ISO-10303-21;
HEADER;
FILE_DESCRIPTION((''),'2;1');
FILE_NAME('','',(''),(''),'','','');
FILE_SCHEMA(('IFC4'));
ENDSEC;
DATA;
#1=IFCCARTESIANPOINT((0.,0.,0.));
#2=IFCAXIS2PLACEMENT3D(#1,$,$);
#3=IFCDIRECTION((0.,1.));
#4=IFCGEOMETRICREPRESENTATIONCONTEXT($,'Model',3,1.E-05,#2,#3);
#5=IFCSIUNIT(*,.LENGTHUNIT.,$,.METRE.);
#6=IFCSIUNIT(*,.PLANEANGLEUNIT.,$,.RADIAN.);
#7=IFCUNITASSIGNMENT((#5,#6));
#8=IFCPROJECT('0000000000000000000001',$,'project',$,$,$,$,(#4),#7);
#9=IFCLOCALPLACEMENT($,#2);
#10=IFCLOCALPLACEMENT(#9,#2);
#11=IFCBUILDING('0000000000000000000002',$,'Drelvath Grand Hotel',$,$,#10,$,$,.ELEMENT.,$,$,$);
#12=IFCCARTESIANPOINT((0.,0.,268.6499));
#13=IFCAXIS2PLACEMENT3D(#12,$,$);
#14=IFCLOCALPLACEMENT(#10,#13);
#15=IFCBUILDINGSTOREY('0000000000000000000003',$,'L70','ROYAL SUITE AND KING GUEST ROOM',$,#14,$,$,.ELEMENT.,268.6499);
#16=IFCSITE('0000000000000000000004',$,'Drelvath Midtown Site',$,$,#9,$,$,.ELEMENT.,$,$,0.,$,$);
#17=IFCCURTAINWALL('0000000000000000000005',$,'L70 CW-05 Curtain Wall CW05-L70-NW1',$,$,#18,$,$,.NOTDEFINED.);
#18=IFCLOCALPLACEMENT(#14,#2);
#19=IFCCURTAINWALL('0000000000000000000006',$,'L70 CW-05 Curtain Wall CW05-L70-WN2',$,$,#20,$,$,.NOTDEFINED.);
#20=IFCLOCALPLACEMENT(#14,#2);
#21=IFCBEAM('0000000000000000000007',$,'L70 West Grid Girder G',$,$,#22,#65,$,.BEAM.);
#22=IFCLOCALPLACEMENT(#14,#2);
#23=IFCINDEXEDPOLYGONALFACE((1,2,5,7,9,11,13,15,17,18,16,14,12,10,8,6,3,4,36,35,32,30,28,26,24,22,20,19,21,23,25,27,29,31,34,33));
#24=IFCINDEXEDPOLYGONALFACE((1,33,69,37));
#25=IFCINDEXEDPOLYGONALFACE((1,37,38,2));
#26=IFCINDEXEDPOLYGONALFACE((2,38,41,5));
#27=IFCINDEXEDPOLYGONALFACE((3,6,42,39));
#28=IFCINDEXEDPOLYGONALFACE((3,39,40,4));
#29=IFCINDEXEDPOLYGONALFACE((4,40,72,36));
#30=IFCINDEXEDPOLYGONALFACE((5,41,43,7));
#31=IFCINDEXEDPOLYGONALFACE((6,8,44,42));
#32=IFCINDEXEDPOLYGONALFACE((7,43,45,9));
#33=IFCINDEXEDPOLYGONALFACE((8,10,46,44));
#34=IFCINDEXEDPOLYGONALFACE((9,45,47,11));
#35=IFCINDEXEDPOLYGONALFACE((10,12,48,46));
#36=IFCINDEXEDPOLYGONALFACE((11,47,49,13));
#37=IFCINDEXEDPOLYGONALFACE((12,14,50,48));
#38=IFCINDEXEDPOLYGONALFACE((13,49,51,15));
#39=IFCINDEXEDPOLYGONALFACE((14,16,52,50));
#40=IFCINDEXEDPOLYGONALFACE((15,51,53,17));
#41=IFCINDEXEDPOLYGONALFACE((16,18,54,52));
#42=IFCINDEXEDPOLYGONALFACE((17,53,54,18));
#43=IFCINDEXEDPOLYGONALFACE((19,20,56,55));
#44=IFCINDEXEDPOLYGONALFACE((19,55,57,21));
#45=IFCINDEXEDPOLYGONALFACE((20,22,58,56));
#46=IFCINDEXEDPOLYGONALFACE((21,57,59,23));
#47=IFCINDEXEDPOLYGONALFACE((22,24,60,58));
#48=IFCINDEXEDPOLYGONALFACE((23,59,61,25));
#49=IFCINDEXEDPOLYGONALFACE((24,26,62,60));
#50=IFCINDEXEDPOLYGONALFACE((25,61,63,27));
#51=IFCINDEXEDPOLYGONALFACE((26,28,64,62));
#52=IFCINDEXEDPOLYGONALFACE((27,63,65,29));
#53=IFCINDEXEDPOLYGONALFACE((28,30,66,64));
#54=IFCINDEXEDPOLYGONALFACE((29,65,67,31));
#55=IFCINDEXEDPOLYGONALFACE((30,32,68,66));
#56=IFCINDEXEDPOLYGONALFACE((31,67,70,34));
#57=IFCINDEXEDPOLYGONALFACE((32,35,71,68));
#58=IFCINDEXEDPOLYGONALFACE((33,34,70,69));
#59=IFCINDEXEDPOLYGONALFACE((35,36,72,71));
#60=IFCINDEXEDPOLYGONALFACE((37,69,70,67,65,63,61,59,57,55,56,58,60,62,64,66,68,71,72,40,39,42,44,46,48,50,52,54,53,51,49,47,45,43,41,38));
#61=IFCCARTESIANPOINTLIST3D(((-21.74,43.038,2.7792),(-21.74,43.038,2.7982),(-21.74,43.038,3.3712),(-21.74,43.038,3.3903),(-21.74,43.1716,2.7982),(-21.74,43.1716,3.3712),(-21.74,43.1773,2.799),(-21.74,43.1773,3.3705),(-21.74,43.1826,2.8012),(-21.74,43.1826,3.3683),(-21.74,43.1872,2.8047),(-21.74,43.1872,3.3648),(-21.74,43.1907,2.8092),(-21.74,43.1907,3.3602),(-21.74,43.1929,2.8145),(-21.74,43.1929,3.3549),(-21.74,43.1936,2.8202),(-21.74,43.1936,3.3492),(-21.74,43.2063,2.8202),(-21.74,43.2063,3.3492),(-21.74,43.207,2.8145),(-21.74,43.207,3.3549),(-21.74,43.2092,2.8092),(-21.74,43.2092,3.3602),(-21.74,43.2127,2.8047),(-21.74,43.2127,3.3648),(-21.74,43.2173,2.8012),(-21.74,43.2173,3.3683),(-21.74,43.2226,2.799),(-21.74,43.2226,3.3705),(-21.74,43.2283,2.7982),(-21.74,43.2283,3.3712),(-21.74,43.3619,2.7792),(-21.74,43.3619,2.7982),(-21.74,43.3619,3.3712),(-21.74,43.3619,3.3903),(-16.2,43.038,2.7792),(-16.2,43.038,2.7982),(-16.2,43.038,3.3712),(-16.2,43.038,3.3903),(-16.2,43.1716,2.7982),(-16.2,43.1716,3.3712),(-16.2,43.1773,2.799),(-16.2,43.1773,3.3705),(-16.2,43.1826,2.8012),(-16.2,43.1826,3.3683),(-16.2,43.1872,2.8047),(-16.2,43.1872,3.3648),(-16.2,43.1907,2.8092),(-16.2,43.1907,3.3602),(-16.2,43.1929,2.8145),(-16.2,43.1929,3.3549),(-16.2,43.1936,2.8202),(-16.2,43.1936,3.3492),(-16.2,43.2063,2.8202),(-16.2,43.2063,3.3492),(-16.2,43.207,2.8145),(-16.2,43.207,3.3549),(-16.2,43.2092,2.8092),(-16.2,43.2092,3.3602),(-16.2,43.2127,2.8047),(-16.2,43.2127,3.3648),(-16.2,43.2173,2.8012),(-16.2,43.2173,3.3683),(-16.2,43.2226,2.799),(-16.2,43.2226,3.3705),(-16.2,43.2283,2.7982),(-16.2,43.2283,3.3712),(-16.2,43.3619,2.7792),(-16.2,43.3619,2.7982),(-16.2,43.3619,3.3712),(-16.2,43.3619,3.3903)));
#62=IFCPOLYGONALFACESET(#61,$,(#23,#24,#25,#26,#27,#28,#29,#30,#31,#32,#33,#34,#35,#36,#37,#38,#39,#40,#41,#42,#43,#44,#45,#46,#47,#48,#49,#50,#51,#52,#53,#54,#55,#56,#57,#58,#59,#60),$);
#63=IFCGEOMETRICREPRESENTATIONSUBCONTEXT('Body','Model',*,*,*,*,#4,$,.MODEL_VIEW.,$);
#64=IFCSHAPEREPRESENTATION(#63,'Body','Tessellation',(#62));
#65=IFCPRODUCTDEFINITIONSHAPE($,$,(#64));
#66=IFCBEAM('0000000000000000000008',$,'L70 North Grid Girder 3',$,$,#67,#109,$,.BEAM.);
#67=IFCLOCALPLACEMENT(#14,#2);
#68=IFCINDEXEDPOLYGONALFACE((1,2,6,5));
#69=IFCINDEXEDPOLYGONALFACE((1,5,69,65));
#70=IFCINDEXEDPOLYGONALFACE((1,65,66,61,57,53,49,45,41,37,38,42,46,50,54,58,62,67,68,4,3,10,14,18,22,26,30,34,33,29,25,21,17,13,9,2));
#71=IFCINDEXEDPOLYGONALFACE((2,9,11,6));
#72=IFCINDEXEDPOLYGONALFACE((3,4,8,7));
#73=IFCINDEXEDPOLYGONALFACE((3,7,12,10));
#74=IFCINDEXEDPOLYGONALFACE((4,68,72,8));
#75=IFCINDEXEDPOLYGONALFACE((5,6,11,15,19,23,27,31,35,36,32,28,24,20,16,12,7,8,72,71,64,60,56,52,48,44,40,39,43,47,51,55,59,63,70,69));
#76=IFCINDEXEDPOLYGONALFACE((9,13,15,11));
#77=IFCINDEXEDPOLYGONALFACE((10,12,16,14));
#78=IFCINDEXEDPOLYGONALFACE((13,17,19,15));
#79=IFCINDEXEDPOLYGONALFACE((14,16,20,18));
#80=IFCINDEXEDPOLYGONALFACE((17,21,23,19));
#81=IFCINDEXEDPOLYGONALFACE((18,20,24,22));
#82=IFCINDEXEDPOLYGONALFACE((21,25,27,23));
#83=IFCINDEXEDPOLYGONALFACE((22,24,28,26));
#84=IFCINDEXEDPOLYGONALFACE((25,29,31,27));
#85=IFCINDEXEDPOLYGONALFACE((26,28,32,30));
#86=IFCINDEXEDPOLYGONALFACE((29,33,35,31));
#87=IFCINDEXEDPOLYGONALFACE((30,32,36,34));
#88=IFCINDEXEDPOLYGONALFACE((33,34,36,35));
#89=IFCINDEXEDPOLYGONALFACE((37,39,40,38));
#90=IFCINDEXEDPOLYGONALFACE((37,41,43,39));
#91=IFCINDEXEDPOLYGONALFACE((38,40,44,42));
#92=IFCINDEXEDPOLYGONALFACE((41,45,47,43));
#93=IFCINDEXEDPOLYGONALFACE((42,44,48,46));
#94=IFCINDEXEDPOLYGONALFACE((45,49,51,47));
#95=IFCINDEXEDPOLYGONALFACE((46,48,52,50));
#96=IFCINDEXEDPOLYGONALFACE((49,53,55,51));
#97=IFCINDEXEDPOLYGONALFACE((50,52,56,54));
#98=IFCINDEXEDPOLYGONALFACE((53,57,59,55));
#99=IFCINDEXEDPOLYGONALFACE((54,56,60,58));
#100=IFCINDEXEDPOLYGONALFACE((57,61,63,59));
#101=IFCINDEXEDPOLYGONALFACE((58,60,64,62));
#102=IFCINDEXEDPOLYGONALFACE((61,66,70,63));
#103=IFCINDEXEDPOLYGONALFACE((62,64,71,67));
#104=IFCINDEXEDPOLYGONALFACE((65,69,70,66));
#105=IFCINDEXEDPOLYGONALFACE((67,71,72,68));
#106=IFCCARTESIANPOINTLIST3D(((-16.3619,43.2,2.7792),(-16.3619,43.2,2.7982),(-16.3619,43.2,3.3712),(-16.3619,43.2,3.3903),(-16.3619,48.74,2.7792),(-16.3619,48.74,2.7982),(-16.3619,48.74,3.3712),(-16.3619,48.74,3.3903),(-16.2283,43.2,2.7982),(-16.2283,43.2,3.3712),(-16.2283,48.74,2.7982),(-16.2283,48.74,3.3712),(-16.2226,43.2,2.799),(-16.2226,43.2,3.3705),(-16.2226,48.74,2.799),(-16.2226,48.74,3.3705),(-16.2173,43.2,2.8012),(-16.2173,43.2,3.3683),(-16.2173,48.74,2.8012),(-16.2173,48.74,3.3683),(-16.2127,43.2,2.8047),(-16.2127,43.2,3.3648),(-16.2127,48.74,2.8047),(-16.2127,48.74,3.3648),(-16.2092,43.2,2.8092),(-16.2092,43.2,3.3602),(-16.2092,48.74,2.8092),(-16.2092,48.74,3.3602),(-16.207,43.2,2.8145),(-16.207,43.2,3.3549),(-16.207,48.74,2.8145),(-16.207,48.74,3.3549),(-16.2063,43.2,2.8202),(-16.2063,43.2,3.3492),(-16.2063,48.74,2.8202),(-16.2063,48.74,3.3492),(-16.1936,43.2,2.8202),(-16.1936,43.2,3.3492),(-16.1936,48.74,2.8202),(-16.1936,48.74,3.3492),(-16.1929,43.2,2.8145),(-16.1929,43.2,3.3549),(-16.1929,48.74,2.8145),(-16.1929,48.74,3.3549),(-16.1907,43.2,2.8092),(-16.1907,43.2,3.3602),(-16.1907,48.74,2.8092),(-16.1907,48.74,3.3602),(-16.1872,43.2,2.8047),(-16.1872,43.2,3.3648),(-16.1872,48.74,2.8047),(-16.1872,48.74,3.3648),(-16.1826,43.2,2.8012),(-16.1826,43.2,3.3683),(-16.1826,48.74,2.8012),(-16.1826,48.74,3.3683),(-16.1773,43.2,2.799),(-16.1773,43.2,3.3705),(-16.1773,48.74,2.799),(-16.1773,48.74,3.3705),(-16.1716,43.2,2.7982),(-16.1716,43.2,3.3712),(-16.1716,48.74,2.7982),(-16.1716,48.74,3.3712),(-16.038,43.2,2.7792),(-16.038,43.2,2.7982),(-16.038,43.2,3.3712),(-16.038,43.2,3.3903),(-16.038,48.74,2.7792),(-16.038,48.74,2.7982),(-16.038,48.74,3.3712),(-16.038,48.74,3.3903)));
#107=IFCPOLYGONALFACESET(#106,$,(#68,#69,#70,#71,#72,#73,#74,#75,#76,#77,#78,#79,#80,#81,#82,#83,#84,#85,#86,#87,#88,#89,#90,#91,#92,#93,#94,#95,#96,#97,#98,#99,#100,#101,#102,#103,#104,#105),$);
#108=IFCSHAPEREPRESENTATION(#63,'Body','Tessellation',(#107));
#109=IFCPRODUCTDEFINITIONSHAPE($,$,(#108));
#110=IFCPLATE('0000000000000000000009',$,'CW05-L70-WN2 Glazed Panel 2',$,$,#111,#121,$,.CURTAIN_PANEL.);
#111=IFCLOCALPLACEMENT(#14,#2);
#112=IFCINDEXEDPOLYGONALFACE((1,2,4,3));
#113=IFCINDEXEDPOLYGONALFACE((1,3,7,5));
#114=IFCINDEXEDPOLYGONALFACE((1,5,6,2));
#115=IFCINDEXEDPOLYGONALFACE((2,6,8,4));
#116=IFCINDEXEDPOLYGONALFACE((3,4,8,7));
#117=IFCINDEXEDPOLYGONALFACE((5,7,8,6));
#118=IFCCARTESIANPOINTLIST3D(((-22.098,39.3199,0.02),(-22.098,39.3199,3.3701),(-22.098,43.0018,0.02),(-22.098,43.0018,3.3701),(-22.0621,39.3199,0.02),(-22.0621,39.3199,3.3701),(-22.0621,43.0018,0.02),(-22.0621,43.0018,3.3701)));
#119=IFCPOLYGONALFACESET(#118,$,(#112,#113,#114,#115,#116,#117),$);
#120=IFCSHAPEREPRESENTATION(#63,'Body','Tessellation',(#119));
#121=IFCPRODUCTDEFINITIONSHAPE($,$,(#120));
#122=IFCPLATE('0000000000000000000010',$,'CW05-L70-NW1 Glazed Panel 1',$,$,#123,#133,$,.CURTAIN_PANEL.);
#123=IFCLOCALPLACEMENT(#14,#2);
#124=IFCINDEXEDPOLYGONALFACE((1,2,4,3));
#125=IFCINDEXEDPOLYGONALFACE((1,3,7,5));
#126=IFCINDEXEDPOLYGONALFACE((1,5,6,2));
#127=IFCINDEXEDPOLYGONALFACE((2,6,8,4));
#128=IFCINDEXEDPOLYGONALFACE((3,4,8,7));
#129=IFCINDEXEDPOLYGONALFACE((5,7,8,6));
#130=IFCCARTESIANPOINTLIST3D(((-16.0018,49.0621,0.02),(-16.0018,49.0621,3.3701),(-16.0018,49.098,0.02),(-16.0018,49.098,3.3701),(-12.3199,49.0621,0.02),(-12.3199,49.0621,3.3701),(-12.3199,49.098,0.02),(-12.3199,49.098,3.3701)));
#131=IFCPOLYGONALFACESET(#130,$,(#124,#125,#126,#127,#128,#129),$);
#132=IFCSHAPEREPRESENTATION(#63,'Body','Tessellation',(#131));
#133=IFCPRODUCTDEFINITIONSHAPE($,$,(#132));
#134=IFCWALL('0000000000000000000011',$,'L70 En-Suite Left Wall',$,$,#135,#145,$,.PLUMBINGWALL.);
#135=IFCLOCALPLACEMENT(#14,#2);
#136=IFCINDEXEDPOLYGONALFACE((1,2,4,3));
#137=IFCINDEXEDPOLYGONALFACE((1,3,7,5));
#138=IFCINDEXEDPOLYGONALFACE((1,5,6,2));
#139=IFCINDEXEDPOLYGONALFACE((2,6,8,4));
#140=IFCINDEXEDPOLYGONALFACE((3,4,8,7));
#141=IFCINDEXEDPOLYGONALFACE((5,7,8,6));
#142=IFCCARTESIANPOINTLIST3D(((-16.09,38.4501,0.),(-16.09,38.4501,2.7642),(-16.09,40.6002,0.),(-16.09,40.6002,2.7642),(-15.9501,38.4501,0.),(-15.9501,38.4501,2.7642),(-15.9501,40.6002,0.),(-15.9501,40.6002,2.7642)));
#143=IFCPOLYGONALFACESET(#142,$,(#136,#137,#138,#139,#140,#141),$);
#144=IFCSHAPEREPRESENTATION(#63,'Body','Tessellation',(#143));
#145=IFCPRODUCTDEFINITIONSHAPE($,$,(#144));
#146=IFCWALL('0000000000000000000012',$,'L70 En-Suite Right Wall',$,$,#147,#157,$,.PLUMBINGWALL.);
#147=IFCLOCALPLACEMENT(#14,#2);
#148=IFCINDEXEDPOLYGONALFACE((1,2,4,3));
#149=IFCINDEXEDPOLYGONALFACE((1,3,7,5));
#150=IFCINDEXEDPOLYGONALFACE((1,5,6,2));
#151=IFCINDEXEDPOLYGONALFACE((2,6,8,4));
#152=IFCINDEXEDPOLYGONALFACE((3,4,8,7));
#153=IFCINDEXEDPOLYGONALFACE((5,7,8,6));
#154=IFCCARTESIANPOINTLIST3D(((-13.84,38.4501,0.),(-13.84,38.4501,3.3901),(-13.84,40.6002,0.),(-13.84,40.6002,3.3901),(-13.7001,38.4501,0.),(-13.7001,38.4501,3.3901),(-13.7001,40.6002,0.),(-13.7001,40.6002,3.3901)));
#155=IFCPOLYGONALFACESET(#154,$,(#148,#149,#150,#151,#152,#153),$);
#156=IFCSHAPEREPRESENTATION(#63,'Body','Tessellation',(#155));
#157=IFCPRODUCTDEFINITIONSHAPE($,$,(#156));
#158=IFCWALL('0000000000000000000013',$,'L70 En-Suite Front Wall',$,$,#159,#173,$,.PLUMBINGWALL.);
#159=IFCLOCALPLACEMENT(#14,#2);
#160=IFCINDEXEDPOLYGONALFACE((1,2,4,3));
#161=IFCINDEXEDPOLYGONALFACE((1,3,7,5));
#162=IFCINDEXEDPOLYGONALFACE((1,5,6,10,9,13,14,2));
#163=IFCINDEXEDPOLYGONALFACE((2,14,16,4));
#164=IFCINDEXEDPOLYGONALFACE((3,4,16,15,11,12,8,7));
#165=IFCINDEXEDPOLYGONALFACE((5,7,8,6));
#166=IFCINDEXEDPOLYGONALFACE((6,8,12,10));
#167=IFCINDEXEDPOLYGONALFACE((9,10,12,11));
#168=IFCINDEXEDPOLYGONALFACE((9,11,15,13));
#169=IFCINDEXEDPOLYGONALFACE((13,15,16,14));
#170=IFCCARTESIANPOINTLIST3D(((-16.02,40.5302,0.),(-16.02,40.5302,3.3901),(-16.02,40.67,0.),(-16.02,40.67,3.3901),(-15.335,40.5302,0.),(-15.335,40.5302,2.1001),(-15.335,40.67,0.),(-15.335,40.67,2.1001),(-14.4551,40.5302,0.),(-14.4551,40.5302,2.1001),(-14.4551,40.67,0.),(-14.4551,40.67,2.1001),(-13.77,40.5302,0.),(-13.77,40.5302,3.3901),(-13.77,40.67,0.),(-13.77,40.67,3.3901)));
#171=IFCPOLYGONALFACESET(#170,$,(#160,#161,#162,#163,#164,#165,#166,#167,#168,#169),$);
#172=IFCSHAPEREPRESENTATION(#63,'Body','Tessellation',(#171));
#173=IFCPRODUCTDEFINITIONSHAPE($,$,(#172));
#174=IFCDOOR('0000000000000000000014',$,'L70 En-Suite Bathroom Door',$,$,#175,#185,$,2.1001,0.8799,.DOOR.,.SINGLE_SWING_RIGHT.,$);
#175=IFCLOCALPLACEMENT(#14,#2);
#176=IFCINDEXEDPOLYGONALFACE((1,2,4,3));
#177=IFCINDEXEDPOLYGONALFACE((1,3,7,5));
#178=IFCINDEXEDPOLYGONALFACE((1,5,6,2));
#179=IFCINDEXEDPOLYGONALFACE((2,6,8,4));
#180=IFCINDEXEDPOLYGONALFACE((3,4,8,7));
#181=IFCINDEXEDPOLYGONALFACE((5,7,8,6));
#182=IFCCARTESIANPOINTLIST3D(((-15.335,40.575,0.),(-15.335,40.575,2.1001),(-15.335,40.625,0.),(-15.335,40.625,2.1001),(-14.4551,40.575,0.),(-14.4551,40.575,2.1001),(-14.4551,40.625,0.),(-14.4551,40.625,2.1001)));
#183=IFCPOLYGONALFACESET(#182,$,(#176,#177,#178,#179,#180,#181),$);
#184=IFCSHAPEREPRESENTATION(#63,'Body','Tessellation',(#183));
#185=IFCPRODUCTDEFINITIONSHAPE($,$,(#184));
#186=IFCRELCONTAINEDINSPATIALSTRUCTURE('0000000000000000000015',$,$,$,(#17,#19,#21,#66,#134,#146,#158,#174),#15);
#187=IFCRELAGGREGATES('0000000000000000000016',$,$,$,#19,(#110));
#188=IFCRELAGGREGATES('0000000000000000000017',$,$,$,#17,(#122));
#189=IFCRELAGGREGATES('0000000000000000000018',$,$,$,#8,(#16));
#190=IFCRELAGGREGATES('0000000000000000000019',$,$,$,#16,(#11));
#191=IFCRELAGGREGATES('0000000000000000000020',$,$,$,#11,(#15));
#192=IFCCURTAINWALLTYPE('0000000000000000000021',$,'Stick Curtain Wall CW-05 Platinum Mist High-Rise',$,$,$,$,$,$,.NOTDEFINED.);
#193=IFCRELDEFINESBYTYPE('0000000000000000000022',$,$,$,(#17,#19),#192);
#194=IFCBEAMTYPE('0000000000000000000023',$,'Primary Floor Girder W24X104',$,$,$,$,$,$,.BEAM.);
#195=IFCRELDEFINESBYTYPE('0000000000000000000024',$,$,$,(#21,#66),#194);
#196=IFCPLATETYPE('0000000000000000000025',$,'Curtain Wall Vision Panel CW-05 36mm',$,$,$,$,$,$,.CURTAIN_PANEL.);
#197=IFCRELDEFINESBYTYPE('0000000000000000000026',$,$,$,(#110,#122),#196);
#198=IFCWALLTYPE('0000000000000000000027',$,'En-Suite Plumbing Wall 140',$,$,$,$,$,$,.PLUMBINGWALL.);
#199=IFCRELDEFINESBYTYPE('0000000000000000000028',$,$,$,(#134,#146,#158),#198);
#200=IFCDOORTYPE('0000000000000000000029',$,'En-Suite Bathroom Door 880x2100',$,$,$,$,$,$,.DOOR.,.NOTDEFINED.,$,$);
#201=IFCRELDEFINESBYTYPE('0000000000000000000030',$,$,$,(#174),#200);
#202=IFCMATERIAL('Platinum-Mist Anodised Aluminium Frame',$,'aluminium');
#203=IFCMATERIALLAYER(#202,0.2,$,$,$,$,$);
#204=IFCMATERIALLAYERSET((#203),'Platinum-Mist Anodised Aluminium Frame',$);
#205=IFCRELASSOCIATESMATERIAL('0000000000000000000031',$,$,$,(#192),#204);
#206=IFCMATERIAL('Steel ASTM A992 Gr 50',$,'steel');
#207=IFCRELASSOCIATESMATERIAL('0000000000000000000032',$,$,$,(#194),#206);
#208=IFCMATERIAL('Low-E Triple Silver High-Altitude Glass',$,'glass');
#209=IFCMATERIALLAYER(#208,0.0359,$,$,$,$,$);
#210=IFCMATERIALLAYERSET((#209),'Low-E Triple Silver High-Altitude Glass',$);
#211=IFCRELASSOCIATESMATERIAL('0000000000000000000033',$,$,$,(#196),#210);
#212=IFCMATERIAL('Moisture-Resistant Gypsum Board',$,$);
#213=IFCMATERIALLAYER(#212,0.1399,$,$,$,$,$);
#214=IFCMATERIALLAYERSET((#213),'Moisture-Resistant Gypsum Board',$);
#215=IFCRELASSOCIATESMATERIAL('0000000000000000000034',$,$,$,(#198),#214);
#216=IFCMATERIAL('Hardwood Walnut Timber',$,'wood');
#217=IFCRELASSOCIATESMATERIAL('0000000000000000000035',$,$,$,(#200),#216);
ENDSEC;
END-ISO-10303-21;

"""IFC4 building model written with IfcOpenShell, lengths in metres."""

from ifc_helpers import new_model, si_unit, direction, frame, frame_2d, origin, origin_2d, place, context, subcontext, project, spatial, rectangle, i_section, extrude, material, layer, layer_set, material_profile, profile_set, type_object, element, fill, aggregate, save


model = new_model("IFC4")

# Units and contexts
model_context = context("Model", 3, precision=1e-05, world=origin(), true_north=direction((0.0, 1.0)))
body_context = subcontext(model_context, "Body", "Model", "MODEL_VIEW")
ifc_project = project(units=[si_unit("LENGTHUNIT", "METRE"), si_unit("PLANEANGLEUNIT", "RADIAN")], contexts=[model_context])

# Site, building, storey
site_placement = place(None, origin())
site = spatial("IfcSite", under=ifc_project, at=site_placement, Name="Drelvath Midtown Site", CompositionType="ELEMENT", RefElevation=0.0)
building_placement = place(site_placement, origin())
building = spatial("IfcBuilding", under=site, at=building_placement, Name="Drelvath Grand Hotel", CompositionType="ELEMENT")
storey_placement = place(building_placement, frame((0.0, 0.0, 268.6499)))
storey = spatial("IfcBuildingStorey", under=building, at=storey_placement, Name="L70", Description="ROYAL SUITE AND KING GUEST ROOM", CompositionType="ELEMENT", Elevation=268.6499)

# Shared definitions
ifc_material_1 = material(Name="Steel ASTM A992 Gr 50", Category="steel")

# Curtain wall
ifc_material_2 = material(Name="Platinum-Mist Anodised Aluminium Frame", Category="aluminium")
ifc_layer_1 = layer(ifc_material_2, 0.2)
ifc_layer_set_1 = layer_set([ifc_layer_1], Name="Platinum-Mist Anodised Aluminium Frame")
curtain_wall_type = type_object("IfcCurtainWallType", Name="Stick Curtain Wall CW-05 Platinum Mist High-Rise", PredefinedType="NOTDEFINED", material=ifc_layer_set_1)
curtain_wall_1_placement = place(storey_placement, origin())
curtain_wall_1 = element("IfcCurtainWall", 1, at=curtain_wall_1_placement, inside=storey, type_object=curtain_wall_type, Name="L70 CW-05 Curtain Wall CW05-L70-NW1", PredefinedType="NOTDEFINED")

# Curtain wall
curtain_wall_2_placement = place(storey_placement, origin())
curtain_wall_2 = element("IfcCurtainWall", 2, at=curtain_wall_2_placement, inside=storey, type_object=curtain_wall_type, Name="L70 CW-05 Curtain Wall CW05-L70-WN2", PredefinedType="NOTDEFINED")

# Beams
ifc_material_profile_1 = material_profile(ifc_material_1, i_section(OverallWidth=0.324, OverallDepth=0.6111, WebThickness=0.0127, FlangeThickness=0.019, FilletRadius=0.022, at=origin_2d()), Name="W24X104")
ifc_profile_set_1 = profile_set([ifc_material_profile_1], Name="Steel ASTM A992 Gr 50")
beam_type_1 = type_object("IfcBeamType", Name="Primary Floor Girder W24X104", PredefinedType="BEAM", material=ifc_profile_set_1)
for number, where, z_axis, x_axis, name in (
    (3, (-21.74, 43.2, 3.0847), (1.0, 0.0, 0.0), (0.0, 1.0, 0.0), "L70 West Grid Girder G"),
    (4, (-16.2, 43.2, 3.0847), (0.0, 1.0, 0.0), (-1.0, 0.0, 0.0), "L70 North Grid Girder 3"),
):
    element("IfcBeam", number, at=place(storey_placement, frame(where, z_axis=z_axis, x_axis=x_axis)), inside=storey, type_object=beam_type_1, Name=name, PredefinedType="BEAM", context=body_context, shape_type="SweptSolid", body=[
        extrude(i_section(OverallWidth=0.324, OverallDepth=0.6111, WebThickness=0.0127, FlangeThickness=0.019, FilletRadius=0.022, at=origin_2d()), origin(), (0.0, 0.0, 1.0), 5.54),
    ])

# Plates
ifc_material_3 = material(Name="Low-E Triple Silver High-Altitude Glass", Category="glass")
ifc_layer_2 = layer(ifc_material_3, 0.0359)
ifc_layer_set_2 = layer_set([ifc_layer_2], Name="Low-E Triple Silver High-Altitude Glass")
plate_type = type_object("IfcPlateType", Name="Curtain Wall Vision Panel CW-05 36mm", PredefinedType="CURTAIN_PANEL", material=ifc_layer_set_2)
plate_1_placement = place(storey_placement, frame((-22.0801, 41.1609, 0.02), z_axis=(0.0, 0.0, 1.0), x_axis=(0.0, 1.0, 0.0)))
plate_1 = element("IfcPlate", 5, at=plate_1_placement, type_object=plate_type, Name="CW05-L70-WN2 Glazed Panel 2", PredefinedType="CURTAIN_PANEL", context=body_context, shape_type="SweptSolid", body=[
    extrude(rectangle(XDim=3.6819, YDim=0.0359, at=origin_2d()), origin(), (0.0, 0.0, 1.0), 3.3501),
])
aggregate(curtain_wall_2, [plate_1])
plate_2_placement = place(storey_placement, frame((-14.1609, 49.0801, 0.02), z_axis=(0.0, 0.0, 1.0), x_axis=(1.0, 0.0, 0.0)))
plate_2 = element("IfcPlate", 6, at=plate_2_placement, type_object=plate_type, Name="CW05-L70-NW1 Glazed Panel 1", PredefinedType="CURTAIN_PANEL", context=body_context, shape_type="SweptSolid", body=[
    extrude(rectangle(XDim=3.6819, YDim=0.0359, at=origin_2d()), origin(), (0.0, 0.0, 1.0), 3.3501),
])
aggregate(curtain_wall_1, [plate_2])

# Walls
ifc_material_4 = material(Name="Moisture-Resistant Gypsum Board")
ifc_layer_3 = layer(ifc_material_4, 0.1399)
ifc_layer_set_3 = layer_set([ifc_layer_3], Name="Moisture-Resistant Gypsum Board")
wall_type_1 = type_object("IfcWallType", Name="En-Suite Plumbing Wall 140", PredefinedType="PLUMBINGWALL", material=ifc_layer_set_3)
wall_1_placement = place(storey_placement, frame((-16.02, 38.45, 0.0), z_axis=(0.0, 0.0, 1.0), x_axis=(0.0, 1.0, 0.0)))
element("IfcWall", 7, at=wall_1_placement, inside=storey, type_object=wall_type_1, Name="L70 En-Suite Left Wall", PredefinedType="PLUMBINGWALL", context=body_context, shape_type="SweptSolid", body=[
    extrude(rectangle(XDim=2.1501, YDim=0.1399, at=frame_2d((1.0752, 0.0))), origin(), (0.0, 0.0, 1.0), 2.7642),
])
wall_2_placement = place(storey_placement, frame((-13.77, 38.45, 0.0), z_axis=(0.0, 0.0, 1.0), x_axis=(0.0, 1.0, 0.0)))
element("IfcWall", 8, at=wall_2_placement, inside=storey, type_object=wall_type_1, Name="L70 En-Suite Right Wall", PredefinedType="PLUMBINGWALL", context=body_context, shape_type="SweptSolid", body=[
    extrude(rectangle(XDim=2.1501, YDim=0.1399, at=frame_2d((1.0752, 0.0))), origin(), (0.0, 0.0, 1.0), 3.3901),
])

# Wall, opening, door
wall_3_placement = place(storey_placement, frame((-16.02, 40.6001, 0.0), z_axis=(0.0, 0.0, 1.0), x_axis=(1.0, 0.0, 0.0)))
wall_3 = element("IfcWall", 9, at=wall_3_placement, inside=storey, type_object=wall_type_1, Name="L70 En-Suite Front Wall", PredefinedType="PLUMBINGWALL", context=body_context, shape_type="SweptSolid", body=[
    extrude(rectangle(XDim=2.25, YDim=0.1399, at=frame_2d((1.125, 0.0))), origin(), (0.0, 0.0, 1.0), 3.3901),
])
opening_placement = place(wall_3_placement, frame((0.6851, 0.0, 0.0)))
opening = element("IfcOpeningElement", 10, at=opening_placement, cuts=wall_3, PredefinedType="OPENING", context=body_context, shape_type="SweptSolid", body=[
    extrude(rectangle(XDim=0.8799, YDim=2.1001, at=frame_2d((0.4399, 1.05))), frame((0.0, 0.0798, 0.0), z_axis=(0.0, -1.0, 0.0), x_axis=(1.0, 0.0, 0.0)), (0.0, 0.0, 1.0), 0.1599),
])
ifc_material_5 = material(Name="Hardwood Walnut Timber", Category="wood")
door_type = type_object("IfcDoorType", Name="En-Suite Bathroom Door 880x2100", OperationType="NOTDEFINED", PredefinedType="DOOR", material=ifc_material_5)
door_placement = place(opening_placement, origin())
door = element("IfcDoor", 11, at=door_placement, inside=storey, type_object=door_type, Name="L70 En-Suite Bathroom Door", OperationType="SINGLE_SWING_RIGHT", OverallHeight=2.1001, OverallWidth=0.8799, PredefinedType="DOOR", context=body_context, shape_type="SweptSolid", body=[
    extrude(rectangle(XDim=0.8799, YDim=2.1001, at=frame_2d((0.4399, 1.05))), frame((0.0, 0.0249, 0.0), z_axis=(0.0, -1.0, 0.0), x_axis=(1.0, 0.0, 0.0)), (0.0, 0.0, 1.0), 0.05),
])
fill(opening, door)

save(model, "model.ifc")
